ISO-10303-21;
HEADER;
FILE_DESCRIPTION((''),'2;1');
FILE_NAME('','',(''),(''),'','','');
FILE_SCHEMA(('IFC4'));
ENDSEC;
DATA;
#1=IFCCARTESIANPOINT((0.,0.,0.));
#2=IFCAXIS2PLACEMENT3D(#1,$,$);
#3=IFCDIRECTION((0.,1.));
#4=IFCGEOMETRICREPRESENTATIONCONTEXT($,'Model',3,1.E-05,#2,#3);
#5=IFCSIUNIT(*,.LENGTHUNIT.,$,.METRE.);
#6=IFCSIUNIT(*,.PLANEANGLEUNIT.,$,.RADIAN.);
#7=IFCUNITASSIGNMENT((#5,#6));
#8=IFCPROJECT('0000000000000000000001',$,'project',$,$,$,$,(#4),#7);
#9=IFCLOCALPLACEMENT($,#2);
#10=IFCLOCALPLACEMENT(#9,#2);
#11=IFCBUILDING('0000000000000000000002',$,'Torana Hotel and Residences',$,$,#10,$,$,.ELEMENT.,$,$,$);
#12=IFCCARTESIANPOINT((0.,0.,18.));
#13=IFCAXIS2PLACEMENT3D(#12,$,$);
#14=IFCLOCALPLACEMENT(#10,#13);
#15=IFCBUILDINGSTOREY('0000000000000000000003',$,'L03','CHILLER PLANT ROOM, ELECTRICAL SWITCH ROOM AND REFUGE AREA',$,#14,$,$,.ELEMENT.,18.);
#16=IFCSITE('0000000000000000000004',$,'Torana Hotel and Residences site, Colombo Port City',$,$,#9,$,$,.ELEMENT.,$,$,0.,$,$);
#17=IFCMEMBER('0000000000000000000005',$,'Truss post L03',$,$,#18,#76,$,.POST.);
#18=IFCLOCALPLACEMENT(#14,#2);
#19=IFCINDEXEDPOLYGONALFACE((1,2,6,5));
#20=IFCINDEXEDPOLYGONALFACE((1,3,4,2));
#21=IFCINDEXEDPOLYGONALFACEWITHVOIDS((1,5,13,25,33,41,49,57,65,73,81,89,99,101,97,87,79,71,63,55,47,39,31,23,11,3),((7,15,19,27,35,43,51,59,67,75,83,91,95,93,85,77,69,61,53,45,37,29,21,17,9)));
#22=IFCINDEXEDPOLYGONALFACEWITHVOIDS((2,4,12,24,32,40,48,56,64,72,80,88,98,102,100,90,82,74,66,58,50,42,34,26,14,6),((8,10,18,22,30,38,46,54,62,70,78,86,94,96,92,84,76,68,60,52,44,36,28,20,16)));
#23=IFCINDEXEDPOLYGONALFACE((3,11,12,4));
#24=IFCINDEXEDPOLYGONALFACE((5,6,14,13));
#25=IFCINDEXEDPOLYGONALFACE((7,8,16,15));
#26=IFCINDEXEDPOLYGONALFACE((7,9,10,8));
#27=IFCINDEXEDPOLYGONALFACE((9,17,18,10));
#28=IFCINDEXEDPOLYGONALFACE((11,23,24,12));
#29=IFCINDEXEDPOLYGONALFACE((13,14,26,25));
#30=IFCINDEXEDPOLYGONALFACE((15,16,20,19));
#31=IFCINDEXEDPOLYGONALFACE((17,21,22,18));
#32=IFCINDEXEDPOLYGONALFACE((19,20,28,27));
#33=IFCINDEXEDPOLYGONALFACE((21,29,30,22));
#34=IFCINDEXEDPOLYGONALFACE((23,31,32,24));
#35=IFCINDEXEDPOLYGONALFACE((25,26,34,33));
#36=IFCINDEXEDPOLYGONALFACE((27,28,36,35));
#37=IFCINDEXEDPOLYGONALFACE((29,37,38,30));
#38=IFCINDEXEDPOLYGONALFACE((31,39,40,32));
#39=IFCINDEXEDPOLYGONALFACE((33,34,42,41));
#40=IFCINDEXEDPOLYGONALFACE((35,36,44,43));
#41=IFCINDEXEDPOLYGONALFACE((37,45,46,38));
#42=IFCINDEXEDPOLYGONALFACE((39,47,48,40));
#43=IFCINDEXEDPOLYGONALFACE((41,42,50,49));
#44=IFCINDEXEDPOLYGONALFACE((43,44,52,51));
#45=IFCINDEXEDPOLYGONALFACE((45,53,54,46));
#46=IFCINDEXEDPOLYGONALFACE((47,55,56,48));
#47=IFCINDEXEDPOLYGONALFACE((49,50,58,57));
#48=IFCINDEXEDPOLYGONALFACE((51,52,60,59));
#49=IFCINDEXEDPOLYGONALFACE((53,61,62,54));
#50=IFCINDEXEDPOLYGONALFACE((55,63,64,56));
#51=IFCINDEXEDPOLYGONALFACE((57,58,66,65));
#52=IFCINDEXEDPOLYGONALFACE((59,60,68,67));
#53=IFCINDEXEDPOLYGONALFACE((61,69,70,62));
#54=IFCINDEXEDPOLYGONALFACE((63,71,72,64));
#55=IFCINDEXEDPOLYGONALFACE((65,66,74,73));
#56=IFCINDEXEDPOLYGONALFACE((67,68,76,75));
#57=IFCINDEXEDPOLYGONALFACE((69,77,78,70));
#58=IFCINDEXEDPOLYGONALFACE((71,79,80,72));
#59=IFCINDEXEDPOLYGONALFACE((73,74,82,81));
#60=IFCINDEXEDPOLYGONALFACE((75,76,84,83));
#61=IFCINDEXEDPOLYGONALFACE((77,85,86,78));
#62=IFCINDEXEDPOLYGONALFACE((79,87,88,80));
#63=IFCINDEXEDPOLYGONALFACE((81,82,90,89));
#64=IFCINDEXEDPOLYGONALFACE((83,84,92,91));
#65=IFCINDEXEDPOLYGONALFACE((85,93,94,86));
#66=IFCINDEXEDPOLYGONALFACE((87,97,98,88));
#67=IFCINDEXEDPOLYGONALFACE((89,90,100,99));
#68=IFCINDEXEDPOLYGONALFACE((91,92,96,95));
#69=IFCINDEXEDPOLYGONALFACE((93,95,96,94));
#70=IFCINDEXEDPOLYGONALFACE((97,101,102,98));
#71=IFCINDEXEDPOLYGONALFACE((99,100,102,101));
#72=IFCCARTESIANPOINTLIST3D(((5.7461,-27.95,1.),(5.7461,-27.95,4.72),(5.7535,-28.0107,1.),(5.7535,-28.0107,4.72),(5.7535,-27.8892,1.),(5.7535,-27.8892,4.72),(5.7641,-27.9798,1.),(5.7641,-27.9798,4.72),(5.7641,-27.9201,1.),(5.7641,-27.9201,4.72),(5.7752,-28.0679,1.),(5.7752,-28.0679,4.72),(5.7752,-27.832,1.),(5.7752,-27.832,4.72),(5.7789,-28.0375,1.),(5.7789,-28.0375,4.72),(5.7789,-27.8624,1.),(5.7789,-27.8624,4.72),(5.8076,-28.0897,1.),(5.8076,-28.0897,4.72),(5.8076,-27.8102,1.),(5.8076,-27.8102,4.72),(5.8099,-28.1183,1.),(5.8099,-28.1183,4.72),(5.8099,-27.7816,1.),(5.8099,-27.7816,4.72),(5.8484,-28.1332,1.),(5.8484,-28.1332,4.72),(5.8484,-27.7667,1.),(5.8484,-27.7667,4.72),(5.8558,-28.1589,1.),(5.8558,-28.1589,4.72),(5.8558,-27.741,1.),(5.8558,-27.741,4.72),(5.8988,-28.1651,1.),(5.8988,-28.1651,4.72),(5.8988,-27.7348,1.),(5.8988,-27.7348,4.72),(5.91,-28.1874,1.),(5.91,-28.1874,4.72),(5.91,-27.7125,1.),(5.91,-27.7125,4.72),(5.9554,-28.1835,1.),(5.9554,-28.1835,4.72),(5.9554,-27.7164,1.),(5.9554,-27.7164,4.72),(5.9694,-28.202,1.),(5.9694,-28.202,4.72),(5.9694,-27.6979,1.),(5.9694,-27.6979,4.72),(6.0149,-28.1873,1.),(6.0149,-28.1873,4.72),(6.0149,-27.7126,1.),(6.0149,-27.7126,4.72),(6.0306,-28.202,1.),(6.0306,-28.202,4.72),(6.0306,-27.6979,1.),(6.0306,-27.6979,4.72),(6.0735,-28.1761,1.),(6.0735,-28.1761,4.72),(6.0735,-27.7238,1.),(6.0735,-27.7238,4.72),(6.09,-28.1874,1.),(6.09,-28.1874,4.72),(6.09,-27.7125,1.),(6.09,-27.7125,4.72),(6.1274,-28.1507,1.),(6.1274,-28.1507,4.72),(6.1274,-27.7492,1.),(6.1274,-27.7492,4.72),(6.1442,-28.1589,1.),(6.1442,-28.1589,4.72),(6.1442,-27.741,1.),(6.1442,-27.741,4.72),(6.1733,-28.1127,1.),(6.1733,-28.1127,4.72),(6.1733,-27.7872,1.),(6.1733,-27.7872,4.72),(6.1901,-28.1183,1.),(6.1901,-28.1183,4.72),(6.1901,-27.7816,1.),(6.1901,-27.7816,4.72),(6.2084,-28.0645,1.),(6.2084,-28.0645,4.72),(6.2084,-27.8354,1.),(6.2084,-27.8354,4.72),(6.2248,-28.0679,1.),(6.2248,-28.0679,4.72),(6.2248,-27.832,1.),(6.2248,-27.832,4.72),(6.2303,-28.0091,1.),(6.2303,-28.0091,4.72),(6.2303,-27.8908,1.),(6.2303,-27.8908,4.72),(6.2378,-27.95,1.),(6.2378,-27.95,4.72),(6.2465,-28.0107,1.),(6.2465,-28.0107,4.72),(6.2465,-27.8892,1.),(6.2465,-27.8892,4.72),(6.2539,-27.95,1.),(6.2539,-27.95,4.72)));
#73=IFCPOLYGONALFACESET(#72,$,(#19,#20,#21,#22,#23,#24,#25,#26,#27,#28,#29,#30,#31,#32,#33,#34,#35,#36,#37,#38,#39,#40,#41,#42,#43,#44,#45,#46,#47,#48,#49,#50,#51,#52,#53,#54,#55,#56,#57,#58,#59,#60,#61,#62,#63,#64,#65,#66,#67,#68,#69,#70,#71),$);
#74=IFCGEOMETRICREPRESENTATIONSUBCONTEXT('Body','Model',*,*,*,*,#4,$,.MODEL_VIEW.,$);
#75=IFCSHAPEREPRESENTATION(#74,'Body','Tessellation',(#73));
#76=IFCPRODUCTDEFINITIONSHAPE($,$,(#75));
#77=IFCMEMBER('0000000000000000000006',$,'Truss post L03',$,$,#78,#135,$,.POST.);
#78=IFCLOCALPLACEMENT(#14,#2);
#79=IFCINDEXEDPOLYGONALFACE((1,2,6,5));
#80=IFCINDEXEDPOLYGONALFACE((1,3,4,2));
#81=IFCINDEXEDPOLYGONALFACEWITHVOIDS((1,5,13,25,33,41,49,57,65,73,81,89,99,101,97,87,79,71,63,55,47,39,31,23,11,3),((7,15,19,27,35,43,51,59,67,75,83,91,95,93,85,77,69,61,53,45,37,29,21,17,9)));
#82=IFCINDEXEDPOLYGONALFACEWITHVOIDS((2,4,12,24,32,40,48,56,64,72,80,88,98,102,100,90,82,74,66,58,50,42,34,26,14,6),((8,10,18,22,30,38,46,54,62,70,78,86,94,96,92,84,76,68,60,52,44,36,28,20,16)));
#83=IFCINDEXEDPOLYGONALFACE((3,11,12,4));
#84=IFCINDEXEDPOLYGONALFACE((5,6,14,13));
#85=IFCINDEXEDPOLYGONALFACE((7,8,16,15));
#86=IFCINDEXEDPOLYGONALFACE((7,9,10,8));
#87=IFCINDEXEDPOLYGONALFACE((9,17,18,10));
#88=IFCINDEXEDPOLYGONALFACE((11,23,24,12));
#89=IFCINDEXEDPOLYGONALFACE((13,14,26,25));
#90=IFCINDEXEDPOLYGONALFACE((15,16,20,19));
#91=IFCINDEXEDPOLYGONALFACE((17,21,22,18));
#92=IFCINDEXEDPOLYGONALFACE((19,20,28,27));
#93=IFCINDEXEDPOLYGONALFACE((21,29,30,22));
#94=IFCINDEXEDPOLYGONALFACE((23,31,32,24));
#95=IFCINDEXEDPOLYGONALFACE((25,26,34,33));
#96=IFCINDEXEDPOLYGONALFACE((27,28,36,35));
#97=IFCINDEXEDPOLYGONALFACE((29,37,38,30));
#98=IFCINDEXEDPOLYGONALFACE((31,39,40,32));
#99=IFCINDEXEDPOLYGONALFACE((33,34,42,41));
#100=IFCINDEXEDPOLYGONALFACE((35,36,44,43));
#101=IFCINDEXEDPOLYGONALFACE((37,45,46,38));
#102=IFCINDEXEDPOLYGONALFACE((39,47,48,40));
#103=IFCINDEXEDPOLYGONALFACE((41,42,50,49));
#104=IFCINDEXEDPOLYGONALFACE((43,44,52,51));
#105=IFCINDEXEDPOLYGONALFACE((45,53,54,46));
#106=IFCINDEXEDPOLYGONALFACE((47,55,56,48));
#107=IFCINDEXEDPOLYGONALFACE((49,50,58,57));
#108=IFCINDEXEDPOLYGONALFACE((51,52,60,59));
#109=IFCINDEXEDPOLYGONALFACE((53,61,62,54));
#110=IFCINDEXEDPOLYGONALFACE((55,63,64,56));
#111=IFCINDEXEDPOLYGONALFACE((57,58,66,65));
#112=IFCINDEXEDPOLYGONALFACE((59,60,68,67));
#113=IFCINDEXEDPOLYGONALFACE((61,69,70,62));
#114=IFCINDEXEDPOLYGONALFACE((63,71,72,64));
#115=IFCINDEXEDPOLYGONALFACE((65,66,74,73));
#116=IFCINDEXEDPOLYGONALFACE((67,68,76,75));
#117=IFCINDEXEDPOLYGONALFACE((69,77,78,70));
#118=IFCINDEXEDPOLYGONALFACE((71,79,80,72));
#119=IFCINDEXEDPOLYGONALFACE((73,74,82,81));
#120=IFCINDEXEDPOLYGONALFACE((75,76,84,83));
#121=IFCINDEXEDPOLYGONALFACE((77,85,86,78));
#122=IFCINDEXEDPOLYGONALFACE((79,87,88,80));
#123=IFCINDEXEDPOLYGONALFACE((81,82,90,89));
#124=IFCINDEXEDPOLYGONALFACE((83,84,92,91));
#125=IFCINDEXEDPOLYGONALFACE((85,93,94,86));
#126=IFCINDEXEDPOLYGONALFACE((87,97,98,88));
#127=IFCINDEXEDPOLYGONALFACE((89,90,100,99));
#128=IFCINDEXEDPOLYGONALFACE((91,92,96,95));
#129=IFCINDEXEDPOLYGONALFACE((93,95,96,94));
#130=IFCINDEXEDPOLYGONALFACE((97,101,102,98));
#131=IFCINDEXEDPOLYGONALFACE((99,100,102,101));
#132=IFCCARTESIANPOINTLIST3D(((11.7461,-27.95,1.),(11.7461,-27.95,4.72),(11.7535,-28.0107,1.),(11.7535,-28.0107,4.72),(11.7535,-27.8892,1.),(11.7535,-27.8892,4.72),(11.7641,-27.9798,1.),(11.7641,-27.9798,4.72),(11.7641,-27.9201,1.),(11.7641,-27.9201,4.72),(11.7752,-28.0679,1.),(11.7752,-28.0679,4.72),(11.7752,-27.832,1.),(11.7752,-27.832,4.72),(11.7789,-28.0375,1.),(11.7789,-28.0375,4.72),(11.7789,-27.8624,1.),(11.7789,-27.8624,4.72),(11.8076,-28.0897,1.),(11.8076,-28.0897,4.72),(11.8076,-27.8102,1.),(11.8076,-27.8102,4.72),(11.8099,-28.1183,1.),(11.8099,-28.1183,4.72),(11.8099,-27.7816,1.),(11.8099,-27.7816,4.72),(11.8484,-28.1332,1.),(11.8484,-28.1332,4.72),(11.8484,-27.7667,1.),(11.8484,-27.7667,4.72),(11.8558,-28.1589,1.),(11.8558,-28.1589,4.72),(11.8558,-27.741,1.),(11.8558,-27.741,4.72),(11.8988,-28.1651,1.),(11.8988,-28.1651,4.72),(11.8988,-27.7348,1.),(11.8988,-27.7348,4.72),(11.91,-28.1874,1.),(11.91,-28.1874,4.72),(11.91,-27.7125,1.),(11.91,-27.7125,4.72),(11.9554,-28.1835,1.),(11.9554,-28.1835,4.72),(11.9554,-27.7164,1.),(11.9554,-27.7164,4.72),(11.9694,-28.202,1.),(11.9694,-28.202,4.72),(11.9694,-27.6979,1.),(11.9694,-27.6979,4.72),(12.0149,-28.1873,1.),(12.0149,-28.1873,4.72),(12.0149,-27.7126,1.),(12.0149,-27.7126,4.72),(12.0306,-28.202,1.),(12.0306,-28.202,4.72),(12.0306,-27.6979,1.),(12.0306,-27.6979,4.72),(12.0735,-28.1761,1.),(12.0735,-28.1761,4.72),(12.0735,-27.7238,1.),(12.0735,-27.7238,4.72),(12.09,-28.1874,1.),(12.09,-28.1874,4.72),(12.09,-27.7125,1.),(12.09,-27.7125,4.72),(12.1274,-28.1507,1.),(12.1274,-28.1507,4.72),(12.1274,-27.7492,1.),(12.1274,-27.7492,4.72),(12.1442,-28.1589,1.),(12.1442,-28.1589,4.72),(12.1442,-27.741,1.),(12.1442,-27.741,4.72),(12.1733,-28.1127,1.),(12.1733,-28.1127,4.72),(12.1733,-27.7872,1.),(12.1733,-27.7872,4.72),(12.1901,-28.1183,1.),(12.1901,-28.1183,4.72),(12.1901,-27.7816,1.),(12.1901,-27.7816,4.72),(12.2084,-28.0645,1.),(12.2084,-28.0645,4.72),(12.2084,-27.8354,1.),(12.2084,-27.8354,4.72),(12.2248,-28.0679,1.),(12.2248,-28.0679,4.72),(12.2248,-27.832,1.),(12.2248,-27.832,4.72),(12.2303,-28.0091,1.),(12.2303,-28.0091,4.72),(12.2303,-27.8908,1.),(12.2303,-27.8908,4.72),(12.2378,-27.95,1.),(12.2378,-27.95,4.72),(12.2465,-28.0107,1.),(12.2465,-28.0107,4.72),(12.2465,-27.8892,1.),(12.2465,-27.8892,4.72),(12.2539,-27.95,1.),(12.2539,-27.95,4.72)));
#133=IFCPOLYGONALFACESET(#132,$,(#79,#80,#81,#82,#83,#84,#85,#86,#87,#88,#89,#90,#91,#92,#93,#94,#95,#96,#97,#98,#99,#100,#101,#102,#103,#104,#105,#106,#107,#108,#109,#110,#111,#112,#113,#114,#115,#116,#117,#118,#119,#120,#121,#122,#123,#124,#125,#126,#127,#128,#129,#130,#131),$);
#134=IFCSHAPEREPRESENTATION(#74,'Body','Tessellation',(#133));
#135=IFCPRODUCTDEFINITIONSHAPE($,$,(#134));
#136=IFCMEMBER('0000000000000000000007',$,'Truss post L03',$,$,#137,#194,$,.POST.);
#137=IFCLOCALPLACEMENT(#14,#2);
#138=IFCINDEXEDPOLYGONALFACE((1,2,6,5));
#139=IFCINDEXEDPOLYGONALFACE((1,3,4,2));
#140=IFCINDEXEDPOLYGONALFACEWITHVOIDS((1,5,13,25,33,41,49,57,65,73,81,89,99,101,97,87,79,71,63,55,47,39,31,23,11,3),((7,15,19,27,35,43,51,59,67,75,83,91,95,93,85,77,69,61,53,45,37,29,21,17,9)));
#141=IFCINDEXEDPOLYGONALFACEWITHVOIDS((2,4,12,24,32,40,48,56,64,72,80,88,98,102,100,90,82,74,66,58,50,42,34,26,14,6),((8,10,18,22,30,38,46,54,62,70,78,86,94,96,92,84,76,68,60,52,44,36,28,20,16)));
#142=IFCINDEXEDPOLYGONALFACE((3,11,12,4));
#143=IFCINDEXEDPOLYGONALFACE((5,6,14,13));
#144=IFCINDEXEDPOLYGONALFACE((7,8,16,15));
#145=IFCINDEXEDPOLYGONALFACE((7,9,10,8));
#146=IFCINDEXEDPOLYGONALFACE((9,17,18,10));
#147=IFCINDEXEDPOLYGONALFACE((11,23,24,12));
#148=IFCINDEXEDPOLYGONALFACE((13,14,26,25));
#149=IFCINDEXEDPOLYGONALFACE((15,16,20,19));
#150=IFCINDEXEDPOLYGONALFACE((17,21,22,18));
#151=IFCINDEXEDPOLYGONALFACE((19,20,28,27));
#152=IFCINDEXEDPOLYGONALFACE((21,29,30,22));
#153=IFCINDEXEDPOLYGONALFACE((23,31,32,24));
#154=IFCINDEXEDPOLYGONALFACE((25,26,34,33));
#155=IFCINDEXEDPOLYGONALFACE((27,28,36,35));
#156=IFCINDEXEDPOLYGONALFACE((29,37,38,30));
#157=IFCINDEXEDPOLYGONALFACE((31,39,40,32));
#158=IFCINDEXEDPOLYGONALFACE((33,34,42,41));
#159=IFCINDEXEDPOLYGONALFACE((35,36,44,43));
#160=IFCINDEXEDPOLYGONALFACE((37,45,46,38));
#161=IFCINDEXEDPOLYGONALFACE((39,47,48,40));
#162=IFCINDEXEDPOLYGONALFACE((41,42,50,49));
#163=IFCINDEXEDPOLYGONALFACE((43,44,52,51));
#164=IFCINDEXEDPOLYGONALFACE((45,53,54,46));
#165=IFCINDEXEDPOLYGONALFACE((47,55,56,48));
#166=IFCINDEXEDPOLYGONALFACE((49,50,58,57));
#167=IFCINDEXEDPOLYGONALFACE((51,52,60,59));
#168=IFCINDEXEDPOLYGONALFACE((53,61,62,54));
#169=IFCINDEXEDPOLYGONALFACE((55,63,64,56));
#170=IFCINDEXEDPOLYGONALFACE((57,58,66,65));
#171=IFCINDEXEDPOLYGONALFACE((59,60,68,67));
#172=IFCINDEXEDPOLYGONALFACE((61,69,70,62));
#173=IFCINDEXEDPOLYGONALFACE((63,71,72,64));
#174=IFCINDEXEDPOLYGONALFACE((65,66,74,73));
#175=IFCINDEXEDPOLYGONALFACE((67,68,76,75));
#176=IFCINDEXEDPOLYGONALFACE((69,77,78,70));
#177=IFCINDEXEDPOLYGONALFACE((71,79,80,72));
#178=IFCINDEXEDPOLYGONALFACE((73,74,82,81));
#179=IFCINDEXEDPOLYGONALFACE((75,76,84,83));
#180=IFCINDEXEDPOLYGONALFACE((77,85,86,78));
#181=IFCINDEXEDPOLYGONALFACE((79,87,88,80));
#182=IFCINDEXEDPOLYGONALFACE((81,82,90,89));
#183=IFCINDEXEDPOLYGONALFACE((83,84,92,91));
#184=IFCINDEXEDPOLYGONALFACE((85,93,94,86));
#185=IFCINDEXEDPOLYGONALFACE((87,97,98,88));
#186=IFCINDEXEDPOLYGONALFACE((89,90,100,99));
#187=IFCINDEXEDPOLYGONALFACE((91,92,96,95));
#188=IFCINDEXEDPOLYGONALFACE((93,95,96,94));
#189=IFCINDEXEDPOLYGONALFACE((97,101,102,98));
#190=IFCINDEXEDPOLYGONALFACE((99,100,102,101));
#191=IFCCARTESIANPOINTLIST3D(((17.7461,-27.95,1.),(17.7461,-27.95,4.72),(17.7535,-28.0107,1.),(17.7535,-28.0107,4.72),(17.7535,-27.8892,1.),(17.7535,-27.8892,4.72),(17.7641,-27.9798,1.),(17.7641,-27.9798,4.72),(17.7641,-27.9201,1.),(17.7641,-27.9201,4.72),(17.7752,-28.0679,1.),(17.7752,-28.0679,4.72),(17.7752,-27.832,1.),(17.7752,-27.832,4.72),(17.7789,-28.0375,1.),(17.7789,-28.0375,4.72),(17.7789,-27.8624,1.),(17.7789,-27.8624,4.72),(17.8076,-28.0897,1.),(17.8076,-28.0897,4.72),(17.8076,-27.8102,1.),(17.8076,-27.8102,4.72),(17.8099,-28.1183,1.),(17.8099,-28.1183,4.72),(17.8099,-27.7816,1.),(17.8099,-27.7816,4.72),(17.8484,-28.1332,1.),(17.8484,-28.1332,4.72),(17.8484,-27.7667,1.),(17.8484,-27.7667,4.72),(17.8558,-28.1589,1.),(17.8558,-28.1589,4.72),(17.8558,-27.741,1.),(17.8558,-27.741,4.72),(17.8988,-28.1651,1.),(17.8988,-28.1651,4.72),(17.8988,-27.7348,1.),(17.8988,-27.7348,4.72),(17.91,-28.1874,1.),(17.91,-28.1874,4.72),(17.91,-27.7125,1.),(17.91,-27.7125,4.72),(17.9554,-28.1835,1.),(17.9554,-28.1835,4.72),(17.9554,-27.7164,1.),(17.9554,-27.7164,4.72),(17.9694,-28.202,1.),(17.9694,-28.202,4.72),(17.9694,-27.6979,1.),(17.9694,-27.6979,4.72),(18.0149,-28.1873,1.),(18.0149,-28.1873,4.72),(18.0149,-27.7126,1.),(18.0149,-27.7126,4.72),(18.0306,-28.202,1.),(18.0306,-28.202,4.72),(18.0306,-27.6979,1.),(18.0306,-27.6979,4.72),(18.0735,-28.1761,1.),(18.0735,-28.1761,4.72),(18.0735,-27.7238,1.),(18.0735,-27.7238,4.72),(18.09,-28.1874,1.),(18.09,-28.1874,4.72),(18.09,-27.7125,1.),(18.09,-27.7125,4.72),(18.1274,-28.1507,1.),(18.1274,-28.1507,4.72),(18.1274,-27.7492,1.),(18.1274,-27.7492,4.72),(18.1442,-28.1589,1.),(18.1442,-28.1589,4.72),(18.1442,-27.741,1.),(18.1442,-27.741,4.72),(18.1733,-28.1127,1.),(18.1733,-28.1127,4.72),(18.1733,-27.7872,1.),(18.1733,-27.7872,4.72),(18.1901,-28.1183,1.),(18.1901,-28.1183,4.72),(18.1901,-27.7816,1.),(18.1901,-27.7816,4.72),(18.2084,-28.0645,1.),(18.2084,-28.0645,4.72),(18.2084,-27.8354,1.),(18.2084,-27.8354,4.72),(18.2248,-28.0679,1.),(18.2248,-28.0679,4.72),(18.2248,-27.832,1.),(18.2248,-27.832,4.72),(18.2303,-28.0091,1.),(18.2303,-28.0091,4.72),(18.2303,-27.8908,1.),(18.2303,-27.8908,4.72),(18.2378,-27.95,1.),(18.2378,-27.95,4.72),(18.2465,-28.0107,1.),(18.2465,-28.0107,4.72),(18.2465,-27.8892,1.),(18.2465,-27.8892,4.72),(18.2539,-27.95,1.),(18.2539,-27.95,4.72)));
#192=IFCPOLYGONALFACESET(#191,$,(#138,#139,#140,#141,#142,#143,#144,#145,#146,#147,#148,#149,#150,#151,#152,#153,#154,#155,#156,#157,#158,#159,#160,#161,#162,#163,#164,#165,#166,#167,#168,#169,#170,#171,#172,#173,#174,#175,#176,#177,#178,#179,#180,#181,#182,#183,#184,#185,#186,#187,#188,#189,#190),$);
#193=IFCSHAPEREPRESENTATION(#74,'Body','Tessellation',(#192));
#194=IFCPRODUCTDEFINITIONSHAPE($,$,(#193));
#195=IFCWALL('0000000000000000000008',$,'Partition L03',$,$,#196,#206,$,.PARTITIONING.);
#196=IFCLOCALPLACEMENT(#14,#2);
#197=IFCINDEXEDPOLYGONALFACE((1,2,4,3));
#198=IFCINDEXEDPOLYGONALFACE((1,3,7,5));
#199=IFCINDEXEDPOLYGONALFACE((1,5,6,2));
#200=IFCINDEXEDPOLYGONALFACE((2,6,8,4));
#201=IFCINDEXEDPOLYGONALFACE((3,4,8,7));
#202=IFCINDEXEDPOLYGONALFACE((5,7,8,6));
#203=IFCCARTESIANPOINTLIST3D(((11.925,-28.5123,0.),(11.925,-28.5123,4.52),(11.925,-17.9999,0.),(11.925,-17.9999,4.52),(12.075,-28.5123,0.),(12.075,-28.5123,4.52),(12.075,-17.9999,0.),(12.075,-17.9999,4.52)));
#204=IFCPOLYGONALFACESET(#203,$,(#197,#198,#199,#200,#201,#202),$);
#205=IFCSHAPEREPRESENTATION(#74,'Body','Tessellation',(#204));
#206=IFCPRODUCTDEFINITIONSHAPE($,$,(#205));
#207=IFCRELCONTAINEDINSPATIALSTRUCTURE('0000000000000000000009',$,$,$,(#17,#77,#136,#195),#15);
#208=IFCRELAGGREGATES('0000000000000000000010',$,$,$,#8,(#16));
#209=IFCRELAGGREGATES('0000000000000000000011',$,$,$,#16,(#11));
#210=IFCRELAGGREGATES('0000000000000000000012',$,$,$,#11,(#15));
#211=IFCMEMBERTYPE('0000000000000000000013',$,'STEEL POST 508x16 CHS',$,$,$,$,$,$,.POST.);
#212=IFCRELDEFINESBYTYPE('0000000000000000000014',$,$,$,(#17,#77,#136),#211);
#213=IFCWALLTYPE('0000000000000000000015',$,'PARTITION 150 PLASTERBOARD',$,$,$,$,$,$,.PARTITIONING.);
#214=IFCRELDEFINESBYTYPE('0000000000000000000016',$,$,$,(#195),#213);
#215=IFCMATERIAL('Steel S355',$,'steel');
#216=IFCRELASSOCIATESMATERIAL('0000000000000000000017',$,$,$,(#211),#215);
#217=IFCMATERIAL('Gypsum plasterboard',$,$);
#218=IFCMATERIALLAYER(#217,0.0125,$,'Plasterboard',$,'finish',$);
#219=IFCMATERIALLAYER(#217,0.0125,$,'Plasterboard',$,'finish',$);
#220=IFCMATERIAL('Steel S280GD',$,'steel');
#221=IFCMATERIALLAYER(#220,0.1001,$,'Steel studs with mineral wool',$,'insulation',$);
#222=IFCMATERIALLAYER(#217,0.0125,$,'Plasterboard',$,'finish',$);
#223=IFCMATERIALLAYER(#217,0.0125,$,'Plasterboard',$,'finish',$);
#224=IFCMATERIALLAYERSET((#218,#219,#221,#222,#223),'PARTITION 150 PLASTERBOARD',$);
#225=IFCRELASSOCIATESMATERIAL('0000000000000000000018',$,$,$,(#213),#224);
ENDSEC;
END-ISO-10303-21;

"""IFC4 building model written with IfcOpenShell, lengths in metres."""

from ifc_helpers import new_model, si_unit, direction, frame, frame_2d, origin, origin_2d, place, context, subcontext, project, spatial, rectangle, hollow_circle, extrude, material, layer, layer_set, material_profile, profile_set, type_object, element, save


model = new_model("IFC4")

# Units and contexts
model_context = context("Model", 3, precision=1e-05, world=origin(), true_north=direction((0.0, 1.0)))
body_context = subcontext(model_context, "Body", "Model", "MODEL_VIEW")
ifc_project = project(units=[si_unit("LENGTHUNIT", "METRE"), si_unit("PLANEANGLEUNIT", "RADIAN")], contexts=[model_context])

# Site, building, storey
site_placement = place(None, origin())
site = spatial("IfcSite", under=ifc_project, at=site_placement, Name="Torana Hotel and Residences site, Colombo Port City", CompositionType="ELEMENT", RefElevation=0.0)
building_placement = place(site_placement, origin())
building = spatial("IfcBuilding", under=site, at=building_placement, Name="Torana Hotel and Residences", CompositionType="ELEMENT")
storey_placement = place(building_placement, frame((0.0, 0.0, 18.0)))
storey = spatial("IfcBuildingStorey", under=building, at=storey_placement, Name="L03", Description="CHILLER PLANT ROOM, ELECTRICAL SWITCH ROOM AND REFUGE AREA", CompositionType="ELEMENT", Elevation=18.0)

# Members
ifc_material_1 = material(Name="Steel S355", Category="steel")
ifc_material_profile_1 = material_profile(ifc_material_1, hollow_circle(Radius=0.2539, WallThickness=0.0161, at=origin_2d()), Name="508x16 CHS")
ifc_profile_set_1 = profile_set([ifc_material_profile_1], Name="Steel S355")
member_type_1 = type_object("IfcMemberType", Name="STEEL POST 508x16 CHS", PredefinedType="POST", material=ifc_profile_set_1)
for number, where, z_axis, x_axis, name in (
    (1, (6.0, -27.95, 1.0), (0.0, 0.0, 1.0), (1.0, 0.0, 0.0), "Truss post L03"),
    (2, (12.0, -27.95, 1.0), (0.0, 0.0, 1.0), (1.0, 0.0, 0.0), "Truss post L03"),
    (3, (18.0, -27.95, 1.0), (0.0, 0.0, 1.0), (1.0, 0.0, 0.0), "Truss post L03"),
):
    element("IfcMember", number, at=place(storey_placement, frame(where, z_axis=z_axis, x_axis=x_axis)), inside=storey, type_object=member_type_1, Name=name, PredefinedType="POST", context=body_context, shape_type="SweptSolid", body=[
        extrude(hollow_circle(Radius=0.2539, WallThickness=0.0161, at=origin_2d()), origin(), (0.0, 0.0, 1.0), 3.72),
    ])

# Wall
ifc_material_2 = material(Name="Gypsum plasterboard")
ifc_layer_1 = layer(ifc_material_2, 0.0125, Name="Plasterboard", Category="finish")
ifc_layer_2 = layer(ifc_material_2, 0.0125, Name="Plasterboard", Category="finish")
ifc_material_3 = material(Name="Steel S280GD", Category="steel")
ifc_layer_3 = layer(ifc_material_3, 0.1001, Name="Steel studs with mineral wool", Category="insulation")
ifc_layer_4 = layer(ifc_material_2, 0.0125, Name="Plasterboard", Category="finish")
ifc_layer_5 = layer(ifc_material_2, 0.0125, Name="Plasterboard", Category="finish")
ifc_layer_set = layer_set([ifc_layer_1, ifc_layer_2, ifc_layer_3, ifc_layer_4, ifc_layer_5], Name="PARTITION 150 PLASTERBOARD")
wall_type = type_object("IfcWallType", Name="PARTITION 150 PLASTERBOARD", PredefinedType="PARTITIONING", material=ifc_layer_set)
wall_1_placement = place(storey_placement, frame((12.0, -28.5125, 0.0), z_axis=(0.0, 0.0, 1.0), x_axis=(0.0, 1.0, 0.0)))
element("IfcWall", 4, at=wall_1_placement, inside=storey, type_object=wall_type, Name="Partition L03", PredefinedType="PARTITIONING", context=body_context, shape_type="SweptSolid", body=[
    extrude(rectangle(XDim=10.5125, YDim=0.1499, at=frame_2d((5.2563, 0.0))), origin(), (0.0, 0.0, 1.0), 4.52),
])

save(model, "model.ifc")
